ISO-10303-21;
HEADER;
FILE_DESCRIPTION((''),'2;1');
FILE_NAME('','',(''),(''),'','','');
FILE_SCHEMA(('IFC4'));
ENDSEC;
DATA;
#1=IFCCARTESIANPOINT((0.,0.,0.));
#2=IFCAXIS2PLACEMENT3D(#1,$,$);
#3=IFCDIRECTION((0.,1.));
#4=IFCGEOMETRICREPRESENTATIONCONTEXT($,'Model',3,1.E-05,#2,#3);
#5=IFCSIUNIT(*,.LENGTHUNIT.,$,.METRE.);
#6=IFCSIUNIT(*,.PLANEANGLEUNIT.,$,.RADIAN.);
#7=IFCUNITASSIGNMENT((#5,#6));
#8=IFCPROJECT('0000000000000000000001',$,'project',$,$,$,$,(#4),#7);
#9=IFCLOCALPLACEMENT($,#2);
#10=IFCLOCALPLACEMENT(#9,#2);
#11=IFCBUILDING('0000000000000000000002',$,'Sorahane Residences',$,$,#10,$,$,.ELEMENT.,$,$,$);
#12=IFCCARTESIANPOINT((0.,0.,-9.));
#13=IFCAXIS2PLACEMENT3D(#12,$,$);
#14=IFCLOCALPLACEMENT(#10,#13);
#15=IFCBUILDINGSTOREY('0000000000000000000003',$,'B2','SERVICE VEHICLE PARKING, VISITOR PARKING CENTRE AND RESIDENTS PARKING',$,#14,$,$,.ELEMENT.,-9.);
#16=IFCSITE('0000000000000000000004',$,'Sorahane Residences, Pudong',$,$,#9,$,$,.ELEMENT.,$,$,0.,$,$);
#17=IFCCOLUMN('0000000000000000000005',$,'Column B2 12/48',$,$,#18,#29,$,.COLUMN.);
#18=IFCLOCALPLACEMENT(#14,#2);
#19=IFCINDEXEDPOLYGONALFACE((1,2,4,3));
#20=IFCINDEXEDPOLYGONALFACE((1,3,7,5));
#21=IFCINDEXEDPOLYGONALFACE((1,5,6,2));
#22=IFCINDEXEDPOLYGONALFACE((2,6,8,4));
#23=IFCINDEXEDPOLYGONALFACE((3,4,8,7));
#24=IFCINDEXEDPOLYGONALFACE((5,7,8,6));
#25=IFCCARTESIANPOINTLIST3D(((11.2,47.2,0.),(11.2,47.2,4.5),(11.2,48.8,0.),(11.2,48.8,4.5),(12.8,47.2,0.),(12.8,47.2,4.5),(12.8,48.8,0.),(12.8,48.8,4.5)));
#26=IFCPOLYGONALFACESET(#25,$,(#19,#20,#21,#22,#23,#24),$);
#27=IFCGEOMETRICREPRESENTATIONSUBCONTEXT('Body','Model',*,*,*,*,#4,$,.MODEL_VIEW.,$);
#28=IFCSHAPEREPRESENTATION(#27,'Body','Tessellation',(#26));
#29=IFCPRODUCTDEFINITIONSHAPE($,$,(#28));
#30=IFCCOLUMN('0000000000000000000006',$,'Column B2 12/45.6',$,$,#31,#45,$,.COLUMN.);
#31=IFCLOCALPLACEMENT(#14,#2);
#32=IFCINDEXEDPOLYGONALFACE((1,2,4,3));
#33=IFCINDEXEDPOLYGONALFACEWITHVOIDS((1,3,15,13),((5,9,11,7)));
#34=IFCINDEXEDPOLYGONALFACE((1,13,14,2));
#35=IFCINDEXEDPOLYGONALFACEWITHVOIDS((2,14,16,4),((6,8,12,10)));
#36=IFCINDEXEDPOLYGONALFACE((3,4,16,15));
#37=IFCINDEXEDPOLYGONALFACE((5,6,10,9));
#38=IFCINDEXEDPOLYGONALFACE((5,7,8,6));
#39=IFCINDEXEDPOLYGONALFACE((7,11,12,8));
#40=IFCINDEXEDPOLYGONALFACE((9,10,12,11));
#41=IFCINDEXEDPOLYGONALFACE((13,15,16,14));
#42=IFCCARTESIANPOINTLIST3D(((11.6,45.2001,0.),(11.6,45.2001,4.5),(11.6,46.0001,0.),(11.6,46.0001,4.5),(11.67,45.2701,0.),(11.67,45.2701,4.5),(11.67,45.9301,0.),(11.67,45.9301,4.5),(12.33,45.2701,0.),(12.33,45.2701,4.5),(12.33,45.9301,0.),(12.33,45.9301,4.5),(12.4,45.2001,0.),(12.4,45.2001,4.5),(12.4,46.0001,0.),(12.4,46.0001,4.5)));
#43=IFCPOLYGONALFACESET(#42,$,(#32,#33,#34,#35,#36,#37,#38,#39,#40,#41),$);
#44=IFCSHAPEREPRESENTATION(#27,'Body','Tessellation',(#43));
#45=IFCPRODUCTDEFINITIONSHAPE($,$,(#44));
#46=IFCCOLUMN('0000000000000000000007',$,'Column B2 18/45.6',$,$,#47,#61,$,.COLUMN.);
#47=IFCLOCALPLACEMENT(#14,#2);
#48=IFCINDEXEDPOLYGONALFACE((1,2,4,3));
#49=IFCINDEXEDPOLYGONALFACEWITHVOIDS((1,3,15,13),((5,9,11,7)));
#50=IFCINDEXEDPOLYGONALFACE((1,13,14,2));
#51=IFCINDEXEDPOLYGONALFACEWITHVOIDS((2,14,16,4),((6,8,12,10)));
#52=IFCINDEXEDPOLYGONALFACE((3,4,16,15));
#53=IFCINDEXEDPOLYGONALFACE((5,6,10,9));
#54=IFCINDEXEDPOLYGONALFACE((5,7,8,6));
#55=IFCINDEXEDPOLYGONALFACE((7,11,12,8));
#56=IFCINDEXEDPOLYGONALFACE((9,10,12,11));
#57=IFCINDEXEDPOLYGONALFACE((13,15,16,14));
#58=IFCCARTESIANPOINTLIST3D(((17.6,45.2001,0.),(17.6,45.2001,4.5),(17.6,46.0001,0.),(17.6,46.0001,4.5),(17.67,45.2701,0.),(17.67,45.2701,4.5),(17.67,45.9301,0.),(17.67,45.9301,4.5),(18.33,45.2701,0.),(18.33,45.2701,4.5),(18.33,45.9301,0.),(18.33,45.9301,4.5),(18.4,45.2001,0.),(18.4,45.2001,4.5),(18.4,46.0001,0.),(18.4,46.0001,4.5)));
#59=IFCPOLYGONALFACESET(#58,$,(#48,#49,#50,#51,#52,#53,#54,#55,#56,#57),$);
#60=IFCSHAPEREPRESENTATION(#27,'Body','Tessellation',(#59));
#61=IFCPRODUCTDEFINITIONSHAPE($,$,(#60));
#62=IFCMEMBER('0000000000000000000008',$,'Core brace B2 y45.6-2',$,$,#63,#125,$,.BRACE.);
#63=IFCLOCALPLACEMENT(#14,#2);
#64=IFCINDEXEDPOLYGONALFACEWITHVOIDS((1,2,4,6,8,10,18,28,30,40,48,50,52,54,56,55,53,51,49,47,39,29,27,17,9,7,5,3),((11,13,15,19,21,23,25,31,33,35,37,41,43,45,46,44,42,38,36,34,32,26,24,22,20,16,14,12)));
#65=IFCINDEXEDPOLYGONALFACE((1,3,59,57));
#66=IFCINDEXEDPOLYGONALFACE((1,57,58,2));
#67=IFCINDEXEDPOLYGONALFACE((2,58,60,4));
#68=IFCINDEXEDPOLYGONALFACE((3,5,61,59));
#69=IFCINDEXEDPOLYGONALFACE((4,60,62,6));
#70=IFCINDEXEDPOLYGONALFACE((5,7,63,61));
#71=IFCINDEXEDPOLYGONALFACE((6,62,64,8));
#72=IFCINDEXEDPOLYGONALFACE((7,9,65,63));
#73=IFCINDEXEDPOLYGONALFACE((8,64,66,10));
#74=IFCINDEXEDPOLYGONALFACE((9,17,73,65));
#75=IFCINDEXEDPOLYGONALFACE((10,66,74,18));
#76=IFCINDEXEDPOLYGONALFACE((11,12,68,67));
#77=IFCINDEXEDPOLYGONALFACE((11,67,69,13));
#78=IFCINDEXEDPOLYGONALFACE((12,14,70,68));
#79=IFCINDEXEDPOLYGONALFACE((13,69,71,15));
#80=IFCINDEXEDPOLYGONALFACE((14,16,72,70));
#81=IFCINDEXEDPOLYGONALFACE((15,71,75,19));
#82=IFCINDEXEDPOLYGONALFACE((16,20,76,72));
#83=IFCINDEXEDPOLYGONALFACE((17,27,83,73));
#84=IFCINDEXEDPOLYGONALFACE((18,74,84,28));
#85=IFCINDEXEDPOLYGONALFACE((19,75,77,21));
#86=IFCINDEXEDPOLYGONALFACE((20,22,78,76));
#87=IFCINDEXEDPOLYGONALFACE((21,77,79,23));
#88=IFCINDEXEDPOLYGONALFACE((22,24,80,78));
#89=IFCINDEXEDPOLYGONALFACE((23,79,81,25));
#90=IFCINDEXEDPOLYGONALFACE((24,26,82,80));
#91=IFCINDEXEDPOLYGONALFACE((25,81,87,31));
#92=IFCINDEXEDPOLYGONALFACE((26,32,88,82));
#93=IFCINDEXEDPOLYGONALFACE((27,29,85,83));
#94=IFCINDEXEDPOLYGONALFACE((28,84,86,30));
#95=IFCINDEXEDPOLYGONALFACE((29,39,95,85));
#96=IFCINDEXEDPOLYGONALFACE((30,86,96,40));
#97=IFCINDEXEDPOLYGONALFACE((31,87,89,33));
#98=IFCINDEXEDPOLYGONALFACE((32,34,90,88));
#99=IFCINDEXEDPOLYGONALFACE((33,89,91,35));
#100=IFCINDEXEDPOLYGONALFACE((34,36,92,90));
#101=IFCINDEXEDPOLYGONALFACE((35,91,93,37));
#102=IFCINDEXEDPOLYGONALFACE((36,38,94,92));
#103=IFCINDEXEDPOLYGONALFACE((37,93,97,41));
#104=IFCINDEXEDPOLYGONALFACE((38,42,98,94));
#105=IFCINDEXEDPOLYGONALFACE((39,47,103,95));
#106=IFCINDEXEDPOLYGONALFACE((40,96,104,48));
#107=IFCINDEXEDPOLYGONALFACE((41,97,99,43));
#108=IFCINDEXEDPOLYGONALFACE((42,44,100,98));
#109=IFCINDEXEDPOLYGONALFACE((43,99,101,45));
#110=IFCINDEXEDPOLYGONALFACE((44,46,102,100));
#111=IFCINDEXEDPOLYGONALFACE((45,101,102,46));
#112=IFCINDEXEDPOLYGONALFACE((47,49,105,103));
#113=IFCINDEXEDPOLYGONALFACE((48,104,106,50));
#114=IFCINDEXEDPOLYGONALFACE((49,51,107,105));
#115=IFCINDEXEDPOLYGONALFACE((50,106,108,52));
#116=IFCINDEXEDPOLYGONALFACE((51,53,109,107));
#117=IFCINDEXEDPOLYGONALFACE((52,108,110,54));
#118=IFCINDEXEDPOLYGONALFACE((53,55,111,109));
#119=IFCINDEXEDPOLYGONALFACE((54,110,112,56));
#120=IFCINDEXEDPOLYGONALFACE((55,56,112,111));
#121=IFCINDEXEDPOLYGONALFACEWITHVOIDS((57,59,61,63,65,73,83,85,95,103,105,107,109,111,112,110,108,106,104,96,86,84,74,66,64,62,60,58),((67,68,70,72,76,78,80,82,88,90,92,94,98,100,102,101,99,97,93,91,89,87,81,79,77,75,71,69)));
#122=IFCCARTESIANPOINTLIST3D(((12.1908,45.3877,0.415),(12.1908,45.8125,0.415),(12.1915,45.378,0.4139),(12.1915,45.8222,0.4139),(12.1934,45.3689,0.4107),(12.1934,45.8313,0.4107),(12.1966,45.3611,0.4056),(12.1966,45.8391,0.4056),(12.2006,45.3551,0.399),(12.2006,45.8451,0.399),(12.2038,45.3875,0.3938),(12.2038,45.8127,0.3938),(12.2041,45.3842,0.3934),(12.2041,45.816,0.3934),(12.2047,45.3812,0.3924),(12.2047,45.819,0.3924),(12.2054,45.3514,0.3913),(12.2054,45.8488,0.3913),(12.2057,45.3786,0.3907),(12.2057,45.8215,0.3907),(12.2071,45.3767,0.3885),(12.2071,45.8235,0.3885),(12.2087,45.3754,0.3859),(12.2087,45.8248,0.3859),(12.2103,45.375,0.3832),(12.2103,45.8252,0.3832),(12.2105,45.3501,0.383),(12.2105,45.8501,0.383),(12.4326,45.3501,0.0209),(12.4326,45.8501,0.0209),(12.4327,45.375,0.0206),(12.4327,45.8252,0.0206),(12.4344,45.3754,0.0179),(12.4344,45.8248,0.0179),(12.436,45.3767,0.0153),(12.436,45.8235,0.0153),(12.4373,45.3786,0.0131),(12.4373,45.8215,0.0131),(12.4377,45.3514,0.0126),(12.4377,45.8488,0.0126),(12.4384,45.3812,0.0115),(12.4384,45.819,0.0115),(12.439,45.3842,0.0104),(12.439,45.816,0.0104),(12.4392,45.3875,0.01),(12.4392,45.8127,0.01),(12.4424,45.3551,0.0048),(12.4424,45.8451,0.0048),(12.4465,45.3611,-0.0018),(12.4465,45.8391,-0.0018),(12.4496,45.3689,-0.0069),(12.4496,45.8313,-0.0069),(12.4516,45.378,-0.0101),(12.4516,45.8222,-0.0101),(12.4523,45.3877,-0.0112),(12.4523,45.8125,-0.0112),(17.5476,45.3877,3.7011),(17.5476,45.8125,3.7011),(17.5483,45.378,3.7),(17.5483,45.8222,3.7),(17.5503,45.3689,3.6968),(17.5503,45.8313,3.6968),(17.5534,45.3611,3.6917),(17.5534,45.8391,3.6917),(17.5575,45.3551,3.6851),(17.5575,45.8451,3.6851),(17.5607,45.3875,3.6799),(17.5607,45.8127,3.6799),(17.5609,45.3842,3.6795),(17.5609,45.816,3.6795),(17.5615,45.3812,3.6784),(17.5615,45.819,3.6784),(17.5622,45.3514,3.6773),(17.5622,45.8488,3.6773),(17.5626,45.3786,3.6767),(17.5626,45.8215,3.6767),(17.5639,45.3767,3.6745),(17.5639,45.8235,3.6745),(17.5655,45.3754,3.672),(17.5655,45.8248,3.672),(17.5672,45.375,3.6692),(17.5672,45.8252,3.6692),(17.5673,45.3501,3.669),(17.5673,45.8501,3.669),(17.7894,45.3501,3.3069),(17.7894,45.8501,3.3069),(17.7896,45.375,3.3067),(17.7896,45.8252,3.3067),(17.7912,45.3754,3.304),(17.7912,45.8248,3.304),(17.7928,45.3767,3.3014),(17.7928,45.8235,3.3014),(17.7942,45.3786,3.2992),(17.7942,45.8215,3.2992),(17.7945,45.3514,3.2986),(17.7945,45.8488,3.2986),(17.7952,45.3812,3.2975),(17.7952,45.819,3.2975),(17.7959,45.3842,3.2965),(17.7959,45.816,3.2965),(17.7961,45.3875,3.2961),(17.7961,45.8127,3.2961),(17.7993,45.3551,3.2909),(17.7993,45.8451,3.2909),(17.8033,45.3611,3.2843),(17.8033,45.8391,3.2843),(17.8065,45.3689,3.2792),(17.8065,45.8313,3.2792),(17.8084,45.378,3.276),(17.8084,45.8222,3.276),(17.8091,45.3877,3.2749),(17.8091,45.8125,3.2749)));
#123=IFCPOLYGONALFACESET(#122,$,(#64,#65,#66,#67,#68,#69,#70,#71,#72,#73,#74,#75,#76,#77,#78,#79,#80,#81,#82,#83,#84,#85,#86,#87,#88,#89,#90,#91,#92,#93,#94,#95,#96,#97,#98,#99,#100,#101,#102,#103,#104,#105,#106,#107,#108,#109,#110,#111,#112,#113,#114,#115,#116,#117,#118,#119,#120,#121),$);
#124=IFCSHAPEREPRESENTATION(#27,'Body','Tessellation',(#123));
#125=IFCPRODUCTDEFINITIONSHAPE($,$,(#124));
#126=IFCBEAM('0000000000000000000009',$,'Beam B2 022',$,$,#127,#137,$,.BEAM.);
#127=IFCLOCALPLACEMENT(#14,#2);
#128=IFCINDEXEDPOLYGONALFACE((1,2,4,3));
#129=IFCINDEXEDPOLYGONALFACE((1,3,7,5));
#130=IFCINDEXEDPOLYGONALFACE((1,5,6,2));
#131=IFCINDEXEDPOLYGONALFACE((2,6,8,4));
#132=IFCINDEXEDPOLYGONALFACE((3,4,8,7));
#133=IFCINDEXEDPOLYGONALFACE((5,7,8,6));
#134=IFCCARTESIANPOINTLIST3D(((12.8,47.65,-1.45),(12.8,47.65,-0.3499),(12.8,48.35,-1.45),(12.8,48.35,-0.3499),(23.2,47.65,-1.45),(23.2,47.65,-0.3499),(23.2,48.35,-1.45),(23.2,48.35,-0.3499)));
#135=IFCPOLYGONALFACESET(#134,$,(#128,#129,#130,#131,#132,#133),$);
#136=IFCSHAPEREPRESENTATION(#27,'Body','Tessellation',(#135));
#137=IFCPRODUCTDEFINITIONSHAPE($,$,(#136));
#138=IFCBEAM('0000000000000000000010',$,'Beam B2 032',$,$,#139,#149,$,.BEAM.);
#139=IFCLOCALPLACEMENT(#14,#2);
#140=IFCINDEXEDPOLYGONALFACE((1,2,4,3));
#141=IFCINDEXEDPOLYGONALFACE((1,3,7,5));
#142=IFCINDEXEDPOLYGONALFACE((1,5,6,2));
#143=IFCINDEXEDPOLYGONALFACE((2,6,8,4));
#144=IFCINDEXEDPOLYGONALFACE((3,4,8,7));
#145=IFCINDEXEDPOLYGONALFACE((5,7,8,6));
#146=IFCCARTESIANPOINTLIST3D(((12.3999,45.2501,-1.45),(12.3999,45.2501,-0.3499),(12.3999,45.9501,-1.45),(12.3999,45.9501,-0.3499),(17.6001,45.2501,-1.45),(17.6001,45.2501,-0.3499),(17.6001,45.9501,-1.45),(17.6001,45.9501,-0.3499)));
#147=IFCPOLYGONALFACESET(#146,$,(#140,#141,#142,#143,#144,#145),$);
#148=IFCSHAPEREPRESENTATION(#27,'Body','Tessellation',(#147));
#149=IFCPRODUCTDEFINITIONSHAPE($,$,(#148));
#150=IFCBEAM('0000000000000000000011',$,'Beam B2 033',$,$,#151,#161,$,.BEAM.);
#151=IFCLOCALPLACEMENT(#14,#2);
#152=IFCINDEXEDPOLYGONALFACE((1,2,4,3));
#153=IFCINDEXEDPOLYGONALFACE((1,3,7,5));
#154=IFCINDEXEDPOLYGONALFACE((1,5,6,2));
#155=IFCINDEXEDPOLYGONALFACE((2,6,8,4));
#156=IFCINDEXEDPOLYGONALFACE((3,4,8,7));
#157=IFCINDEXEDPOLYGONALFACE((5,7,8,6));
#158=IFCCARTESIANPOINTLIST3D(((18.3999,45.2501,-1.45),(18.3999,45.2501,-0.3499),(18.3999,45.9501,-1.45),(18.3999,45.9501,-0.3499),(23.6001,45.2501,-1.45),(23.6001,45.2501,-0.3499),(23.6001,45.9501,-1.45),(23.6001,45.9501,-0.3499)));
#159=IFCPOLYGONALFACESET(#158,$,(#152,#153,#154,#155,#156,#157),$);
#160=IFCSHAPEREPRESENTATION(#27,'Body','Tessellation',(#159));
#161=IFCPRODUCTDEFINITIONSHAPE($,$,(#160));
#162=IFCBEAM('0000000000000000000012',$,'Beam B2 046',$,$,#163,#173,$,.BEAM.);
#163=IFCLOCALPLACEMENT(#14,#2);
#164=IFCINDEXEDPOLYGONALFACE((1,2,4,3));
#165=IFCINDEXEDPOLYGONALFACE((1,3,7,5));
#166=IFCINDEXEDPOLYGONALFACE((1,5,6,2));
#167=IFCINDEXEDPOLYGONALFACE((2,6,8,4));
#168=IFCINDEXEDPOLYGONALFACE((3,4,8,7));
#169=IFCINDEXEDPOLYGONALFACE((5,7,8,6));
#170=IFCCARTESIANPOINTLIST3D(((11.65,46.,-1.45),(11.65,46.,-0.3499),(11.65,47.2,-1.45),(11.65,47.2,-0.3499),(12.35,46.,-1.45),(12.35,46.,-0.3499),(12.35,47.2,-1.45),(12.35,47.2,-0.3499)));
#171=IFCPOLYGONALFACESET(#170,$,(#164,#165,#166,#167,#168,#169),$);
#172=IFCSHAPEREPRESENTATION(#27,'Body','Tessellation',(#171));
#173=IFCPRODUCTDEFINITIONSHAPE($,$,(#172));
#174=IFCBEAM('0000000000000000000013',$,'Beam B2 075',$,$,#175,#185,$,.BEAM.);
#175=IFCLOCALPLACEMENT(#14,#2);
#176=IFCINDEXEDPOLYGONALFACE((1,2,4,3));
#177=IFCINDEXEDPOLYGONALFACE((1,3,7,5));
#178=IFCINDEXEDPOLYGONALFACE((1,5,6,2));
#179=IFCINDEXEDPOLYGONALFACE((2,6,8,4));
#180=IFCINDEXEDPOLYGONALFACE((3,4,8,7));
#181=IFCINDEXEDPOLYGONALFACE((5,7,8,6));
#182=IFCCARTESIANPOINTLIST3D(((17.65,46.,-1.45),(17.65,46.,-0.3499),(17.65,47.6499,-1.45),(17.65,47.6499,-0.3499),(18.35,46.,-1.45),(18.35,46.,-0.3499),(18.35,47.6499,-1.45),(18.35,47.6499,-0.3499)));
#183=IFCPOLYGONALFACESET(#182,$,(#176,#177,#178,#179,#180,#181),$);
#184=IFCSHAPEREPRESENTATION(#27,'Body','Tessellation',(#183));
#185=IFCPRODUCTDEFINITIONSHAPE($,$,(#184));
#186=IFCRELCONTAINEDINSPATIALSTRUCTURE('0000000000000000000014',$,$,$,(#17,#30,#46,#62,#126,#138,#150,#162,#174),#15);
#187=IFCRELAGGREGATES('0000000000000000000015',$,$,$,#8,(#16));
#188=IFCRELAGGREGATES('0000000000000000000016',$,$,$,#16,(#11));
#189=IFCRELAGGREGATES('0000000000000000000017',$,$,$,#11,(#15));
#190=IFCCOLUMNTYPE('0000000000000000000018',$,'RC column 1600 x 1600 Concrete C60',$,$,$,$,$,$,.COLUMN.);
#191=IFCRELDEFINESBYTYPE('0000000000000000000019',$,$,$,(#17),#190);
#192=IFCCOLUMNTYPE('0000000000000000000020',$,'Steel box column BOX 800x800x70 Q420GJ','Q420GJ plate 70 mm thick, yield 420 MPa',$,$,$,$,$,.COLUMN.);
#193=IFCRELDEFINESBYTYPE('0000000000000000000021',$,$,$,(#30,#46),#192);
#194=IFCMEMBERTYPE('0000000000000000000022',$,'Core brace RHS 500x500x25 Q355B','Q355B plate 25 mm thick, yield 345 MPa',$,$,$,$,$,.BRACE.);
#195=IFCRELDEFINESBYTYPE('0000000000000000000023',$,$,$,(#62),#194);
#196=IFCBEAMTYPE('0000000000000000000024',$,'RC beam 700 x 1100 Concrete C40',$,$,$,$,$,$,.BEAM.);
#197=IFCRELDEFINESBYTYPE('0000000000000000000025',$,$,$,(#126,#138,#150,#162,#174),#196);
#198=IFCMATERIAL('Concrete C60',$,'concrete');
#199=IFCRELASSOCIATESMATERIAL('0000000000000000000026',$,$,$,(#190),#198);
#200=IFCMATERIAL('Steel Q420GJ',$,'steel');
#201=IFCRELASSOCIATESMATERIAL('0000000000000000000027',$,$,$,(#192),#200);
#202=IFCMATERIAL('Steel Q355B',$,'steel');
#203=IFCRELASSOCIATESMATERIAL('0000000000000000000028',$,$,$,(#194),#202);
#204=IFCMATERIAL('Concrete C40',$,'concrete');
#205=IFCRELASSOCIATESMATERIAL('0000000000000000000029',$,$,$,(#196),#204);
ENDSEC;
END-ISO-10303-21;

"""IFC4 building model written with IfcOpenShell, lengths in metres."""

from ifc_helpers import new_model, si_unit, direction, frame, origin, origin_2d, place, context, subcontext, project, spatial, rectangle, hollow_rectangle, extrude, material, material_profile, profile_set, type_object, element, save


model = new_model("IFC4")

# Units and contexts
model_context = context("Model", 3, precision=1e-05, world=origin(), true_north=direction((0.0, 1.0)))
body_context = subcontext(model_context, "Body", "Model", "MODEL_VIEW")
ifc_project = project(units=[si_unit("LENGTHUNIT", "METRE"), si_unit("PLANEANGLEUNIT", "RADIAN")], contexts=[model_context])

# Site, building, storey
site_placement = place(None, origin())
site = spatial("IfcSite", under=ifc_project, at=site_placement, Name="Sorahane Residences, Pudong", CompositionType="ELEMENT", RefElevation=0.0)
building_placement = place(site_placement, origin())
building = spatial("IfcBuilding", under=site, at=building_placement, Name="Sorahane Residences", CompositionType="ELEMENT")
storey_placement = place(building_placement, frame((0.0, 0.0, -9.0)))
storey = spatial("IfcBuildingStorey", under=building, at=storey_placement, Name="B2", Description="SERVICE VEHICLE PARKING, VISITOR PARKING CENTRE AND RESIDENTS PARKING", CompositionType="ELEMENT", Elevation=-9.0)

# Columns
ifc_material_1 = material(Name="Concrete C60", Category="concrete")
ifc_material_profile_1 = material_profile(ifc_material_1, rectangle(XDim=1.6001, YDim=1.6001, at=origin_2d()), Name="1600x1600")
ifc_profile_set_1 = profile_set([ifc_material_profile_1], Name="Concrete C60")
column_type_1 = type_object("IfcColumnType", Name="RC column 1600 x 1600 Concrete C60", PredefinedType="COLUMN", material=ifc_profile_set_1)
column_placement = place(storey_placement, frame((12.0, 48.0, 0.0), z_axis=(0.0, 0.0, 1.0), x_axis=(1.0, 0.0, 0.0)))
element("IfcColumn", 1, at=column_placement, inside=storey, type_object=column_type_1, Name="Column B2 12/48", PredefinedType="COLUMN", context=body_context, shape_type="SweptSolid", body=[
    extrude(rectangle(XDim=1.6001, YDim=1.6001, at=origin_2d()), origin(), (0.0, 0.0, 1.0), 4.5),
])
ifc_material_2 = material(Name="Steel Q420GJ", Category="steel")
ifc_material_profile_2 = material_profile(ifc_material_2, hollow_rectangle(XDim=0.8, YDim=0.8, WallThickness=0.0701, at=origin_2d()), Name="BOX 800x800x70")
ifc_profile_set_2 = profile_set([ifc_material_profile_2], Name="Steel Q420GJ")
column_type_2 = type_object("IfcColumnType", Name="Steel box column BOX 800x800x70 Q420GJ", Description="Q420GJ plate 70 mm thick, yield 420 MPa", PredefinedType="COLUMN", material=ifc_profile_set_2)
for number, where, z_axis, x_axis, name in (
    (2, (12.0, 45.6001, 0.0), (0.0, 0.0, 1.0), (1.0, 0.0, 0.0), "Column B2 12/45.6"),
    (3, (18.0, 45.6001, 0.0), (0.0, 0.0, 1.0), (1.0, 0.0, 0.0), "Column B2 18/45.6"),
):
    element("IfcColumn", number, at=place(storey_placement, frame(where, z_axis=z_axis, x_axis=x_axis)), inside=storey, type_object=column_type_2, Name=name, PredefinedType="COLUMN", context=body_context, shape_type="SweptSolid", body=[
        extrude(hollow_rectangle(XDim=0.8, YDim=0.8, WallThickness=0.0701, at=origin_2d()), origin(), (0.0, 0.0, 1.0), 4.5),
    ])

# Member
ifc_material_3 = material(Name="Steel Q355B", Category="steel")
ifc_material_profile_3 = material_profile(ifc_material_3, hollow_rectangle(XDim=0.5, YDim=0.5, WallThickness=0.0249, InnerFilletRadius=0.0125, OuterFilletRadius=0.0376, at=origin_2d()), Name="RHS 500x500x25")
ifc_profile_set_3 = profile_set([ifc_material_profile_3], Name="Steel Q355B")
member_type = type_object("IfcMemberType", Name="Core brace RHS 500x500x25 Q355B", Description="Q355B plate 25 mm thick, yield 345 MPa", PredefinedType="BRACE", material=ifc_profile_set_3)
member_placement = place(storey_placement, frame((12.3215, 45.6001, 0.2019), z_axis=(0.852399, 0.0, 0.522892), x_axis=(0.0, 1.0, 0.0)))
element("IfcMember", 4, at=member_placement, inside=storey, type_object=member_type, Name="Core brace B2 y45.6-2", PredefinedType="BRACE", context=body_context, shape_type="SweptSolid", body=[
    extrude(hollow_rectangle(XDim=0.5, YDim=0.5, WallThickness=0.0249, InnerFilletRadius=0.0125, OuterFilletRadius=0.0376, at=origin_2d()), origin(), (0.0, 0.0, 1.0), 6.2844),
])

# Beams
ifc_material_4 = material(Name="Concrete C40", Category="concrete")
ifc_material_profile_4 = material_profile(ifc_material_4, rectangle(XDim=0.7, YDim=1.1001, at=origin_2d()), Name="700x1100")
ifc_profile_set_4 = profile_set([ifc_material_profile_4], Name="Concrete C40")
beam_type = type_object("IfcBeamType", Name="RC beam 700 x 1100 Concrete C40", PredefinedType="BEAM", material=ifc_profile_set_4)
beam_1_placement = place(storey_placement, frame((12.8, 48.0, -0.8999), z_axis=(1.0, 0.0, 0.0), x_axis=(0.0, 1.0, 0.0)))
element("IfcBeam", 5, at=beam_1_placement, inside=storey, type_object=beam_type, Name="Beam B2 022", PredefinedType="BEAM", context=body_context, shape_type="SweptSolid", body=[
    extrude(rectangle(XDim=0.7, YDim=1.1001, at=origin_2d()), origin(), (0.0, 0.0, 1.0), 10.3999),
])
for number, where, z_axis, x_axis, name in (
    (6, (12.3999, 45.6001, -0.8999), (1.0, 0.0, 0.0), (0.0, 1.0, 0.0), "Beam B2 032"),
    (7, (18.3999, 45.6001, -0.8999), (1.0, 0.0, 0.0), (0.0, 1.0, 0.0), "Beam B2 033"),
):
    element("IfcBeam", number, at=place(storey_placement, frame(where, z_axis=z_axis, x_axis=x_axis)), inside=storey, type_object=beam_type, Name=name, PredefinedType="BEAM", context=body_context, shape_type="SweptSolid", body=[
        extrude(rectangle(XDim=0.7, YDim=1.1001, at=origin_2d()), origin(), (0.0, 0.0, 1.0), 5.2002),
    ])
beam_2_placement = place(storey_placement, frame((12.0, 46.0, -0.8999), z_axis=(0.0, 1.0, 0.0), x_axis=(-1.0, 0.0, 0.0)))
element("IfcBeam", 8, at=beam_2_placement, inside=storey, type_object=beam_type, Name="Beam B2 046", PredefinedType="BEAM", context=body_context, shape_type="SweptSolid", body=[
    extrude(rectangle(XDim=0.7, YDim=1.1001, at=origin_2d()), origin(), (0.0, 0.0, 1.0), 1.2),
])
beam_3_placement = place(storey_placement, frame((18.0, 46.0, -0.8999), z_axis=(0.0, 1.0, 0.0), x_axis=(-1.0, 0.0, 0.0)))
element("IfcBeam", 9, at=beam_3_placement, inside=storey, type_object=beam_type, Name="Beam B2 075", PredefinedType="BEAM", context=body_context, shape_type="SweptSolid", body=[
    extrude(rectangle(XDim=0.7, YDim=1.1001, at=origin_2d()), origin(), (0.0, 0.0, 1.0), 1.6499),
])

save(model, "model.ifc")
